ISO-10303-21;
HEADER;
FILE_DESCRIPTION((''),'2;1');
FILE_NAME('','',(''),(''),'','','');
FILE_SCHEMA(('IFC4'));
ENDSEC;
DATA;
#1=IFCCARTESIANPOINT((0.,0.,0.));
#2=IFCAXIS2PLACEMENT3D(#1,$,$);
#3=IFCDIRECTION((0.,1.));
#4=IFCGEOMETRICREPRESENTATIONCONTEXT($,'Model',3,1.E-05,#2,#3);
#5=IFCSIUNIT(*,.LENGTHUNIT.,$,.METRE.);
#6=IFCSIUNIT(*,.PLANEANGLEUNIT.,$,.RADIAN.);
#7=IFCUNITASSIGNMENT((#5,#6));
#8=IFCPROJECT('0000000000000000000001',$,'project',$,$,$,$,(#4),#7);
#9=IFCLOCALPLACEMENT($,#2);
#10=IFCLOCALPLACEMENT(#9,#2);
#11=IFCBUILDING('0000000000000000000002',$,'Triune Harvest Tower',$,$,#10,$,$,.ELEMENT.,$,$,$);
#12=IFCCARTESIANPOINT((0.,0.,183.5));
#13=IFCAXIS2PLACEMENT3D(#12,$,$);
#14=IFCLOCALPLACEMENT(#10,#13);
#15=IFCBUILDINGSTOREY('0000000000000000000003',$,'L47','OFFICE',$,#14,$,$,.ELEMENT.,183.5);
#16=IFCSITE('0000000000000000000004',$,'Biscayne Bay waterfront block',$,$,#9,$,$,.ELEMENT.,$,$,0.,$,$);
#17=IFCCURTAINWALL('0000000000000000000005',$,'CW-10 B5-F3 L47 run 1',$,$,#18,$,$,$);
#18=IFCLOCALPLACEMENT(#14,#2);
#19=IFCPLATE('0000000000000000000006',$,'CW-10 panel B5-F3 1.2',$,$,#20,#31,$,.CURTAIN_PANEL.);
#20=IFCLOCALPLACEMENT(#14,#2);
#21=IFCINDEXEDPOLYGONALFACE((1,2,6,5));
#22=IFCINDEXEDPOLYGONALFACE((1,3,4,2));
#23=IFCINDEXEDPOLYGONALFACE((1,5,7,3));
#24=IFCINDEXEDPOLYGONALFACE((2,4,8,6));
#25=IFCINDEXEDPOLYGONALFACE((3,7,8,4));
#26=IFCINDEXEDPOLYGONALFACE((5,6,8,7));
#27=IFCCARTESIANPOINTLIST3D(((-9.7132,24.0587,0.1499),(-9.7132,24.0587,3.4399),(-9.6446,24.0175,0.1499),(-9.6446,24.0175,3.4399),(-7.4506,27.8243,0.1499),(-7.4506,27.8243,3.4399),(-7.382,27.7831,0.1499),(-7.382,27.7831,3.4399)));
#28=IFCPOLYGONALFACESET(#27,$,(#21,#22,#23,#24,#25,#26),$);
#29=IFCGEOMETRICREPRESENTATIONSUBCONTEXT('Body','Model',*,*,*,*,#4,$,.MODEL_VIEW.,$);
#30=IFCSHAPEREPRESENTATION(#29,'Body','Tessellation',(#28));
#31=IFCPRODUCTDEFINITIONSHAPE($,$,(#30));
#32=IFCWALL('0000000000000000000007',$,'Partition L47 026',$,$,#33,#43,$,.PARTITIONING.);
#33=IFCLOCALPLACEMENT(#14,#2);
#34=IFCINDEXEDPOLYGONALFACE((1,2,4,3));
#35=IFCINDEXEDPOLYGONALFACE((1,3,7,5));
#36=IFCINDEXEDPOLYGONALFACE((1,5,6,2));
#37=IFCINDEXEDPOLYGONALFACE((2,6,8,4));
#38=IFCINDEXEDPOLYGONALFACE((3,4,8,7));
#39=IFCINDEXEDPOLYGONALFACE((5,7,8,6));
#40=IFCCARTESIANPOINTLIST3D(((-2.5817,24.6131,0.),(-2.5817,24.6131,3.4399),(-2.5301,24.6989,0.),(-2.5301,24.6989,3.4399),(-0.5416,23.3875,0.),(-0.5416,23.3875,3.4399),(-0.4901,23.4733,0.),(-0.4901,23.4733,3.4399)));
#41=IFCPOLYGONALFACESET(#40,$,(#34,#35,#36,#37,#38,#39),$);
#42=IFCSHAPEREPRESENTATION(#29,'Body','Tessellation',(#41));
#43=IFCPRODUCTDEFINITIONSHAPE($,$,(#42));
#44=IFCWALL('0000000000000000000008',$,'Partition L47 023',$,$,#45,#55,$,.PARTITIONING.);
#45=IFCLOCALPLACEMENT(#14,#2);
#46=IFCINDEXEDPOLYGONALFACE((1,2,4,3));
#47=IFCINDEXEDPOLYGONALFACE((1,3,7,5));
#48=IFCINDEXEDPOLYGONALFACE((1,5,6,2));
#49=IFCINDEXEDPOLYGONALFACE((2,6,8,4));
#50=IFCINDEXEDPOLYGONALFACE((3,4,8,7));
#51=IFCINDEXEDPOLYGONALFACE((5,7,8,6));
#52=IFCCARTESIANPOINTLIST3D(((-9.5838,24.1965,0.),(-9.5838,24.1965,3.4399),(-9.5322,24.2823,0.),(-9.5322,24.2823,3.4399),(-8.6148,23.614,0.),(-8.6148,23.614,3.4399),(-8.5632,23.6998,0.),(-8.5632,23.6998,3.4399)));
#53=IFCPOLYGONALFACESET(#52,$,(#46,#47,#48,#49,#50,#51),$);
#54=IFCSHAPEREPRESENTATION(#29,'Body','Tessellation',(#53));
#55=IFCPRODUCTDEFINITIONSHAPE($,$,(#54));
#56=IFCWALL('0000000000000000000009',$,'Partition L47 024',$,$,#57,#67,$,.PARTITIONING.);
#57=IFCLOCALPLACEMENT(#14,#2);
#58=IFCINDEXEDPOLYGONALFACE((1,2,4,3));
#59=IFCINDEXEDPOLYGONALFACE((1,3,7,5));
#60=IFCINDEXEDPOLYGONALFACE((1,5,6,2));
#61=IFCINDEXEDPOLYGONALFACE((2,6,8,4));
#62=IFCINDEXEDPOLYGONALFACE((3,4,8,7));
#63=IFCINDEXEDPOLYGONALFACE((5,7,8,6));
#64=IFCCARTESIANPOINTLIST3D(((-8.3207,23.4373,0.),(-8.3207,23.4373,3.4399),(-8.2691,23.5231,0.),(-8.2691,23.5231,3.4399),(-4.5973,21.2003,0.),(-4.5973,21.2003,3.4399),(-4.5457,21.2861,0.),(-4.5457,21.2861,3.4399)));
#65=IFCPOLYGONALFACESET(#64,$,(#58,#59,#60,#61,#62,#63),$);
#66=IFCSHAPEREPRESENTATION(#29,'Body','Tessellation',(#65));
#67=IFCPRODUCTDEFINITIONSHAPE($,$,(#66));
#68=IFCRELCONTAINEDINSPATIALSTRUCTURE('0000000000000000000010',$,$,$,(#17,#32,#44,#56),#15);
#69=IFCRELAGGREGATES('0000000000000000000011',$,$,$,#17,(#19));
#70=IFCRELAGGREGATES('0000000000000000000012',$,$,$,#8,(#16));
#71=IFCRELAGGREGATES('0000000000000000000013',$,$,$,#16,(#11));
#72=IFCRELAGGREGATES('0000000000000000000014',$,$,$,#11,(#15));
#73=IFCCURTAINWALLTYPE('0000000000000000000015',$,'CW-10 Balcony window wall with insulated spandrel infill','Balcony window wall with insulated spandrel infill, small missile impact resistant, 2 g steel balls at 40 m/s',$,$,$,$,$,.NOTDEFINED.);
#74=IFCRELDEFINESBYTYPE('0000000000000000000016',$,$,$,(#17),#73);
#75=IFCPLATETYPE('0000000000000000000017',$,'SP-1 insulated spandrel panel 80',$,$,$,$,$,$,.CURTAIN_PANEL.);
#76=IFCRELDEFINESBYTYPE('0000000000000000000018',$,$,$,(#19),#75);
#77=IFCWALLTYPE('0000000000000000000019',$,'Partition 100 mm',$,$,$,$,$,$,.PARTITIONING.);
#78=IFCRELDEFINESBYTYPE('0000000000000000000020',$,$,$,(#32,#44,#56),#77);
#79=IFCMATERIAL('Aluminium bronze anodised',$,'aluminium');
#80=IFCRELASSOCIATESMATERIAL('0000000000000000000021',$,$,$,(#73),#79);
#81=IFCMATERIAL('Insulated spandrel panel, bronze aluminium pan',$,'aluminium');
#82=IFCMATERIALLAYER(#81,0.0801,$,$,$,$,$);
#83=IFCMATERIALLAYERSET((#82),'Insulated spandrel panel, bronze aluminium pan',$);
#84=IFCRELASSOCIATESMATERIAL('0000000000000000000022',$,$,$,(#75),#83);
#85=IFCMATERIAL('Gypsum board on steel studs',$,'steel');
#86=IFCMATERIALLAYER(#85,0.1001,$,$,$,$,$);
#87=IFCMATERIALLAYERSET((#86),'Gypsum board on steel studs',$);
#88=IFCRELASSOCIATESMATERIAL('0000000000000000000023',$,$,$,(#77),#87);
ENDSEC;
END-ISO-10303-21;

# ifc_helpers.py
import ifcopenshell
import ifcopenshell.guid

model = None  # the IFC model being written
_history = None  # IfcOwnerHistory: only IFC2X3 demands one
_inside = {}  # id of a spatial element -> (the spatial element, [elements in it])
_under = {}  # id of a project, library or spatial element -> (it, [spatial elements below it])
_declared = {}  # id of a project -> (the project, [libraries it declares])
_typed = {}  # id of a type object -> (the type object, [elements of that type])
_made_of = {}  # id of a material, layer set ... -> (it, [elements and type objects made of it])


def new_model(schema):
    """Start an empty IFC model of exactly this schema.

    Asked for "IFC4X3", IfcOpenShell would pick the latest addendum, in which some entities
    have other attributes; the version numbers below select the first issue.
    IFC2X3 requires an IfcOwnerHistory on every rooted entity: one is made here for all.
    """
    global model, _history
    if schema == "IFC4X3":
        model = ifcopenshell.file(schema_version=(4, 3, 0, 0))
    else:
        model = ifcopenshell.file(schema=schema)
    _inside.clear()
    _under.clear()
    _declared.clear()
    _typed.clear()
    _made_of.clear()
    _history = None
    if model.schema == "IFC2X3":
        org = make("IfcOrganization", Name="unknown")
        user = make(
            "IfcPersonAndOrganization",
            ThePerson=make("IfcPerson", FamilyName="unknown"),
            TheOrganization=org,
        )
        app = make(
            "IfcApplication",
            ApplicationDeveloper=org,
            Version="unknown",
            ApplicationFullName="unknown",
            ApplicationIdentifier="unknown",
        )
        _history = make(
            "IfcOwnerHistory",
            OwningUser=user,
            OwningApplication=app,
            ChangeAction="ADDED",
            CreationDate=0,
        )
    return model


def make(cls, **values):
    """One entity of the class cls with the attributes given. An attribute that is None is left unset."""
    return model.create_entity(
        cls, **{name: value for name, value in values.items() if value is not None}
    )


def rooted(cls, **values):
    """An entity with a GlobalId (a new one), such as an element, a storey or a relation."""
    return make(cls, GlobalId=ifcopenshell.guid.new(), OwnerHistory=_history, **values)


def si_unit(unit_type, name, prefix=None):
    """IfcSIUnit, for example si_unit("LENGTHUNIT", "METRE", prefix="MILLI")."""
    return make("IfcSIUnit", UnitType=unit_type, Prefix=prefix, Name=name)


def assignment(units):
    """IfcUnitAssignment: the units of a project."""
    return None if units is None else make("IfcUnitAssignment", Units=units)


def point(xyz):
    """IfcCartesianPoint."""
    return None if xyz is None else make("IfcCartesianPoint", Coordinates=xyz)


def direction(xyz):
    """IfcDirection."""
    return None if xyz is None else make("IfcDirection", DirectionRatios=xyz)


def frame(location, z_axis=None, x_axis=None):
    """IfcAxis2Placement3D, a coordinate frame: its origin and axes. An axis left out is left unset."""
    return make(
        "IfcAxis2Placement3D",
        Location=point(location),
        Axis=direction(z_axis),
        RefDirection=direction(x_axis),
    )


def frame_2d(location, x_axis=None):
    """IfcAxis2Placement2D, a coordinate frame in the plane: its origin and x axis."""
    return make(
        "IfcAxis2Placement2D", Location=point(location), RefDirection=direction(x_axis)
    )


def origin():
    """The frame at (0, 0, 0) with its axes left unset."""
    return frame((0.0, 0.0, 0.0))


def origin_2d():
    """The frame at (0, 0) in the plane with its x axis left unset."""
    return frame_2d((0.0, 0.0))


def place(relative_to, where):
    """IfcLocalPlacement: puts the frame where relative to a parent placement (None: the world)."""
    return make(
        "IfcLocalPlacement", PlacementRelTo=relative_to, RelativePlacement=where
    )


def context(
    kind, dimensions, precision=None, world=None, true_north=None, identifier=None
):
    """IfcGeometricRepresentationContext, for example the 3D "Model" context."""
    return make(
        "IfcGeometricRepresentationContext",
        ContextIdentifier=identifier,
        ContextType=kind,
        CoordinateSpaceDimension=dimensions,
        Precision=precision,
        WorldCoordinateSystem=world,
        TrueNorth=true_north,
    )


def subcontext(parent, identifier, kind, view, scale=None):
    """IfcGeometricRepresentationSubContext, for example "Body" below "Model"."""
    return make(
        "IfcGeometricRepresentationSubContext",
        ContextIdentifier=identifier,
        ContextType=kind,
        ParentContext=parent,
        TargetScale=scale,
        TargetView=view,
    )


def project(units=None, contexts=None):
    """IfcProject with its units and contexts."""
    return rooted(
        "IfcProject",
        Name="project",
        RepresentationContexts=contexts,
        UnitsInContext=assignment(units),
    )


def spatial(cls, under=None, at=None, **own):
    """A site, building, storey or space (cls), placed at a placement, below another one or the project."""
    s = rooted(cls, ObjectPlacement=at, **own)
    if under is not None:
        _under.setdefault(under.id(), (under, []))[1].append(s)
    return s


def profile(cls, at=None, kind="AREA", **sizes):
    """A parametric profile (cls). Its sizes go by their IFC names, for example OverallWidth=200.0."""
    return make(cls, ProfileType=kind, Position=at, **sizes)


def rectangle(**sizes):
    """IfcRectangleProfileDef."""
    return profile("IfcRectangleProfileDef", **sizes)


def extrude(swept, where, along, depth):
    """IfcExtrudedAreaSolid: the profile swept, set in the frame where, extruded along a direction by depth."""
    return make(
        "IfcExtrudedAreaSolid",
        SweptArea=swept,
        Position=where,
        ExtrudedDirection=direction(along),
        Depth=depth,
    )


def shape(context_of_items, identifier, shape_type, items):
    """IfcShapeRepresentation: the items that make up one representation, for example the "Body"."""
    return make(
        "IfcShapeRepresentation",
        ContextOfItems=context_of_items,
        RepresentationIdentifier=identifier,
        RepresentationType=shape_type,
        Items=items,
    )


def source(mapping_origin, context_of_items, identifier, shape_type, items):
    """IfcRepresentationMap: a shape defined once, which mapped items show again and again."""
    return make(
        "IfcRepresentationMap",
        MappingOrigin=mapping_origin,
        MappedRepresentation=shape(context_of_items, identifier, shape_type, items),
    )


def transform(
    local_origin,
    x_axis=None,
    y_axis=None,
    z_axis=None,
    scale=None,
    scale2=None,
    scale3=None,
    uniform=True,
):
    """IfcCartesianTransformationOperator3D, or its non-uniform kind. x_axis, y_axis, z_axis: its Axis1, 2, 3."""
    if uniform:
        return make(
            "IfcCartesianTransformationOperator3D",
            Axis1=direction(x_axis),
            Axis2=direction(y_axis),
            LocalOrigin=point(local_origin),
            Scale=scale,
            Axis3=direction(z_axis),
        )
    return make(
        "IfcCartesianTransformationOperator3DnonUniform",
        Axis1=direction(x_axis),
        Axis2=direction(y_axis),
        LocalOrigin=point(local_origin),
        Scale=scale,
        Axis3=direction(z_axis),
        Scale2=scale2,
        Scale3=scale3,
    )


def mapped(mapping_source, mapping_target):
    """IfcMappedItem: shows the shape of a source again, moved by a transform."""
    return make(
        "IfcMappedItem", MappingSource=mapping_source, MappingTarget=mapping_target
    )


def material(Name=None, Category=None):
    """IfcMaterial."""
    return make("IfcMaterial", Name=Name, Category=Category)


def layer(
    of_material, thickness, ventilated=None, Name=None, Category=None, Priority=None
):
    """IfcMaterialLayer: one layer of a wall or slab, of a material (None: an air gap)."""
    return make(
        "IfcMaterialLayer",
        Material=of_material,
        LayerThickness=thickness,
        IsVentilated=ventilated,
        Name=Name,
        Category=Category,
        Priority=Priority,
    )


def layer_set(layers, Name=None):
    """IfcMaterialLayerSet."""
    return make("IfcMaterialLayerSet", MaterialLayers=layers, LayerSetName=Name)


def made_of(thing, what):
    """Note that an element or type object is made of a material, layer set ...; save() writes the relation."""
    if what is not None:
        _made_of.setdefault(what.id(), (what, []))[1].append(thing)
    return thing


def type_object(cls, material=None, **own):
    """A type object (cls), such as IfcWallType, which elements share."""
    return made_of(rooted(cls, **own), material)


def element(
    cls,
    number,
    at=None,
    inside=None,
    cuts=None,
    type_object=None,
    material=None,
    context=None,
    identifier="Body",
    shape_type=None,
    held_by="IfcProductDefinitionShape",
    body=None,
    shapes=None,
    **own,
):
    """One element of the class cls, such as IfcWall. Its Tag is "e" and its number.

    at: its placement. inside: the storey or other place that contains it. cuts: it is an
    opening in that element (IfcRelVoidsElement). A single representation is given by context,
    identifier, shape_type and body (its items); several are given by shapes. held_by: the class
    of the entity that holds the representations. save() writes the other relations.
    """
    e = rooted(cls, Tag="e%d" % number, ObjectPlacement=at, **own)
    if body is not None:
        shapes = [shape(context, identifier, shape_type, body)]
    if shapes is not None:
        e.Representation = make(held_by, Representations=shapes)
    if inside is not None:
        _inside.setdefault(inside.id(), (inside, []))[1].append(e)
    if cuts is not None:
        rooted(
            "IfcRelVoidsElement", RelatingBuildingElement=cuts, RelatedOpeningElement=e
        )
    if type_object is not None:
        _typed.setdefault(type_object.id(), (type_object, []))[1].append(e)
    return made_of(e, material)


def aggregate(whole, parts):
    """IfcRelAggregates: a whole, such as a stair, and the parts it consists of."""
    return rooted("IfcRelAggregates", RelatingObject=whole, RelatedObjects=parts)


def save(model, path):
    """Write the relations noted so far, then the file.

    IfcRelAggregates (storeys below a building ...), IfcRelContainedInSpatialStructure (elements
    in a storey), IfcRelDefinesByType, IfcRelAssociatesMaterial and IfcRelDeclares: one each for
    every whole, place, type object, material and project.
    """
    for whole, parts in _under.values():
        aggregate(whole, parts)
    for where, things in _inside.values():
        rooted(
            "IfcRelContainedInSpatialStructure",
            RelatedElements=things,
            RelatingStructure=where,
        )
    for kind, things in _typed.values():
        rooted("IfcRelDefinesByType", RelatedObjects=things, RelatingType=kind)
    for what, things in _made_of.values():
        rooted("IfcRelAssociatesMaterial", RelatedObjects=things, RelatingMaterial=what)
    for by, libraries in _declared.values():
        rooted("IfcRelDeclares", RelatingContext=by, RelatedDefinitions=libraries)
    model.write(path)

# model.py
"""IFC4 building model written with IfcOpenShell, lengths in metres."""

from ifc_helpers import new_model, si_unit, direction, frame, frame_2d, origin, origin_2d, place, context, subcontext, project, spatial, rectangle, extrude, source, transform, mapped, material, layer, layer_set, type_object, element, aggregate, save


model = new_model("IFC4")

# Units and contexts
model_context = context("Model", 3, precision=1e-05, world=origin(), true_north=direction((0.0, 1.0)))
body_context = subcontext(model_context, "Body", "Model", "MODEL_VIEW")
ifc_project = project(units=[si_unit("LENGTHUNIT", "METRE"), si_unit("PLANEANGLEUNIT", "RADIAN")], contexts=[model_context])

# Site, building, storey
site_placement = place(None, origin())
site = spatial("IfcSite", under=ifc_project, at=site_placement, Name="Biscayne Bay waterfront block", CompositionType="ELEMENT", RefElevation=0.0)
building_placement = place(site_placement, origin())
building = spatial("IfcBuilding", under=site, at=building_placement, Name="Triune Harvest Tower", CompositionType="ELEMENT")
storey_placement = place(building_placement, frame((0.0, 0.0, 183.5)))
storey = spatial("IfcBuildingStorey", under=building, at=storey_placement, Name="L47", Description="OFFICE", CompositionType="ELEMENT", Elevation=183.5)

# Curtain wall
ifc_material_1 = material(Name="Aluminium bronze anodised", Category="aluminium")
curtain_wall_type_1 = type_object("IfcCurtainWallType", Name="CW-10 Balcony window wall with insulated spandrel infill", Description="Balcony window wall with insulated spandrel infill, small missile impact resistant, 2 g steel balls at 40 m/s", PredefinedType="NOTDEFINED", material=ifc_material_1)
curtain_wall_1_placement = place(storey_placement, origin())
curtain_wall_1 = element("IfcCurtainWall", 1, at=curtain_wall_1_placement, inside=storey, type_object=curtain_wall_type_1, Name="CW-10 B5-F3 L47 run 1")

# Plate
ifc_material_2 = material(Name="Insulated spandrel panel, bronze aluminium pan", Category="aluminium")
ifc_layer_1 = layer(ifc_material_2, 0.0801)
ifc_layer_set_1 = layer_set([ifc_layer_1], Name="Insulated spandrel panel, bronze aluminium pan")
plate_type_1 = type_object("IfcPlateType", Name="SP-1 insulated spandrel panel 80", PredefinedType="CURTAIN_PANEL", material=ifc_layer_set_1)
shared_shape_1 = source(origin(), body_context, "Body", "SweptSolid", [
    extrude(rectangle(XDim=4.3931, YDim=0.0801, at=origin_2d()), origin(), (0.0, 0.0, 1.0), 3.29),
])
plate_1_placement = place(storey_placement, frame((-8.5476, 25.9209, 0.1499), z_axis=(0.0, 0.0, 1.0), x_axis=(-0.515037, -0.857168, 0.0)))
plate_1 = element("IfcPlate", 2, at=plate_1_placement, type_object=plate_type_1, Name="CW-10 panel B5-F3 1.2", PredefinedType="CURTAIN_PANEL", context=body_context, shape_type="MappedRepresentation", body=[
    mapped(shared_shape_1, transform((0.0, 0.0, 0.0), scale=1.0)),
])
aggregate(curtain_wall_1, [plate_1])

# Walls
ifc_material_3 = material(Name="Gypsum board on steel studs", Category="steel")
ifc_layer_2 = layer(ifc_material_3, 0.1001)
ifc_layer_set_2 = layer_set([ifc_layer_2], Name="Gypsum board on steel studs")
wall_type = type_object("IfcWallType", Name="Partition 100 mm", PredefinedType="PARTITIONING", material=ifc_layer_set_2)
wall_1_placement = place(storey_placement, frame((-2.5559, 24.656, 0.0), z_axis=(0.0, 0.0, 1.0), x_axis=(0.857203, -0.514978, 0.0)))
element("IfcWall", 3, at=wall_1_placement, inside=storey, type_object=wall_type, Name="Partition L47 026", PredefinedType="PARTITIONING", context=body_context, shape_type="SweptSolid", body=[
    extrude(rectangle(XDim=2.3799, YDim=0.1001, at=frame_2d((1.1899, 0.0))), origin(), (0.0, 0.0, 1.0), 3.4399),
])
shared_shape_2 = source(origin(), body_context, "Body", "SweptSolid", [
    extrude(rectangle(XDim=1.1306, YDim=0.1001, at=frame_2d((0.5654, 0.0))), origin(), (0.0, 0.0, 1.0), 3.4399),
])
wall_2_placement = place(storey_placement, frame((-9.5581, 24.2395, 0.0), z_axis=(0.0, 0.0, 1.0), x_axis=(0.857054, -0.515226, 0.0)))
element("IfcWall", 4, at=wall_2_placement, inside=storey, type_object=wall_type, Name="Partition L47 023", PredefinedType="PARTITIONING", context=body_context, shape_type="MappedRepresentation", body=[
    mapped(shared_shape_2, transform((0.0, 0.0, 0.0), scale=1.0)),
])
shared_shape_3 = source(origin(), body_context, "Body", "SweptSolid", [
    extrude(rectangle(XDim=4.3438, YDim=0.1001, at=frame_2d((2.1719, 0.0))), origin(), (0.0, 0.0, 1.0), 3.4399),
])
wall_3_placement = place(storey_placement, frame((-8.2949, 23.4802, 0.0), z_axis=(0.0, 0.0, 1.0), x_axis=(0.857185, -0.515008, 0.0)))
element("IfcWall", 5, at=wall_3_placement, inside=storey, type_object=wall_type, Name="Partition L47 024", PredefinedType="PARTITIONING", context=body_context, shape_type="MappedRepresentation", body=[
    mapped(shared_shape_3, transform((0.0, 0.0, 0.0), scale=1.0)),
])

save(model, "model.ifc")
